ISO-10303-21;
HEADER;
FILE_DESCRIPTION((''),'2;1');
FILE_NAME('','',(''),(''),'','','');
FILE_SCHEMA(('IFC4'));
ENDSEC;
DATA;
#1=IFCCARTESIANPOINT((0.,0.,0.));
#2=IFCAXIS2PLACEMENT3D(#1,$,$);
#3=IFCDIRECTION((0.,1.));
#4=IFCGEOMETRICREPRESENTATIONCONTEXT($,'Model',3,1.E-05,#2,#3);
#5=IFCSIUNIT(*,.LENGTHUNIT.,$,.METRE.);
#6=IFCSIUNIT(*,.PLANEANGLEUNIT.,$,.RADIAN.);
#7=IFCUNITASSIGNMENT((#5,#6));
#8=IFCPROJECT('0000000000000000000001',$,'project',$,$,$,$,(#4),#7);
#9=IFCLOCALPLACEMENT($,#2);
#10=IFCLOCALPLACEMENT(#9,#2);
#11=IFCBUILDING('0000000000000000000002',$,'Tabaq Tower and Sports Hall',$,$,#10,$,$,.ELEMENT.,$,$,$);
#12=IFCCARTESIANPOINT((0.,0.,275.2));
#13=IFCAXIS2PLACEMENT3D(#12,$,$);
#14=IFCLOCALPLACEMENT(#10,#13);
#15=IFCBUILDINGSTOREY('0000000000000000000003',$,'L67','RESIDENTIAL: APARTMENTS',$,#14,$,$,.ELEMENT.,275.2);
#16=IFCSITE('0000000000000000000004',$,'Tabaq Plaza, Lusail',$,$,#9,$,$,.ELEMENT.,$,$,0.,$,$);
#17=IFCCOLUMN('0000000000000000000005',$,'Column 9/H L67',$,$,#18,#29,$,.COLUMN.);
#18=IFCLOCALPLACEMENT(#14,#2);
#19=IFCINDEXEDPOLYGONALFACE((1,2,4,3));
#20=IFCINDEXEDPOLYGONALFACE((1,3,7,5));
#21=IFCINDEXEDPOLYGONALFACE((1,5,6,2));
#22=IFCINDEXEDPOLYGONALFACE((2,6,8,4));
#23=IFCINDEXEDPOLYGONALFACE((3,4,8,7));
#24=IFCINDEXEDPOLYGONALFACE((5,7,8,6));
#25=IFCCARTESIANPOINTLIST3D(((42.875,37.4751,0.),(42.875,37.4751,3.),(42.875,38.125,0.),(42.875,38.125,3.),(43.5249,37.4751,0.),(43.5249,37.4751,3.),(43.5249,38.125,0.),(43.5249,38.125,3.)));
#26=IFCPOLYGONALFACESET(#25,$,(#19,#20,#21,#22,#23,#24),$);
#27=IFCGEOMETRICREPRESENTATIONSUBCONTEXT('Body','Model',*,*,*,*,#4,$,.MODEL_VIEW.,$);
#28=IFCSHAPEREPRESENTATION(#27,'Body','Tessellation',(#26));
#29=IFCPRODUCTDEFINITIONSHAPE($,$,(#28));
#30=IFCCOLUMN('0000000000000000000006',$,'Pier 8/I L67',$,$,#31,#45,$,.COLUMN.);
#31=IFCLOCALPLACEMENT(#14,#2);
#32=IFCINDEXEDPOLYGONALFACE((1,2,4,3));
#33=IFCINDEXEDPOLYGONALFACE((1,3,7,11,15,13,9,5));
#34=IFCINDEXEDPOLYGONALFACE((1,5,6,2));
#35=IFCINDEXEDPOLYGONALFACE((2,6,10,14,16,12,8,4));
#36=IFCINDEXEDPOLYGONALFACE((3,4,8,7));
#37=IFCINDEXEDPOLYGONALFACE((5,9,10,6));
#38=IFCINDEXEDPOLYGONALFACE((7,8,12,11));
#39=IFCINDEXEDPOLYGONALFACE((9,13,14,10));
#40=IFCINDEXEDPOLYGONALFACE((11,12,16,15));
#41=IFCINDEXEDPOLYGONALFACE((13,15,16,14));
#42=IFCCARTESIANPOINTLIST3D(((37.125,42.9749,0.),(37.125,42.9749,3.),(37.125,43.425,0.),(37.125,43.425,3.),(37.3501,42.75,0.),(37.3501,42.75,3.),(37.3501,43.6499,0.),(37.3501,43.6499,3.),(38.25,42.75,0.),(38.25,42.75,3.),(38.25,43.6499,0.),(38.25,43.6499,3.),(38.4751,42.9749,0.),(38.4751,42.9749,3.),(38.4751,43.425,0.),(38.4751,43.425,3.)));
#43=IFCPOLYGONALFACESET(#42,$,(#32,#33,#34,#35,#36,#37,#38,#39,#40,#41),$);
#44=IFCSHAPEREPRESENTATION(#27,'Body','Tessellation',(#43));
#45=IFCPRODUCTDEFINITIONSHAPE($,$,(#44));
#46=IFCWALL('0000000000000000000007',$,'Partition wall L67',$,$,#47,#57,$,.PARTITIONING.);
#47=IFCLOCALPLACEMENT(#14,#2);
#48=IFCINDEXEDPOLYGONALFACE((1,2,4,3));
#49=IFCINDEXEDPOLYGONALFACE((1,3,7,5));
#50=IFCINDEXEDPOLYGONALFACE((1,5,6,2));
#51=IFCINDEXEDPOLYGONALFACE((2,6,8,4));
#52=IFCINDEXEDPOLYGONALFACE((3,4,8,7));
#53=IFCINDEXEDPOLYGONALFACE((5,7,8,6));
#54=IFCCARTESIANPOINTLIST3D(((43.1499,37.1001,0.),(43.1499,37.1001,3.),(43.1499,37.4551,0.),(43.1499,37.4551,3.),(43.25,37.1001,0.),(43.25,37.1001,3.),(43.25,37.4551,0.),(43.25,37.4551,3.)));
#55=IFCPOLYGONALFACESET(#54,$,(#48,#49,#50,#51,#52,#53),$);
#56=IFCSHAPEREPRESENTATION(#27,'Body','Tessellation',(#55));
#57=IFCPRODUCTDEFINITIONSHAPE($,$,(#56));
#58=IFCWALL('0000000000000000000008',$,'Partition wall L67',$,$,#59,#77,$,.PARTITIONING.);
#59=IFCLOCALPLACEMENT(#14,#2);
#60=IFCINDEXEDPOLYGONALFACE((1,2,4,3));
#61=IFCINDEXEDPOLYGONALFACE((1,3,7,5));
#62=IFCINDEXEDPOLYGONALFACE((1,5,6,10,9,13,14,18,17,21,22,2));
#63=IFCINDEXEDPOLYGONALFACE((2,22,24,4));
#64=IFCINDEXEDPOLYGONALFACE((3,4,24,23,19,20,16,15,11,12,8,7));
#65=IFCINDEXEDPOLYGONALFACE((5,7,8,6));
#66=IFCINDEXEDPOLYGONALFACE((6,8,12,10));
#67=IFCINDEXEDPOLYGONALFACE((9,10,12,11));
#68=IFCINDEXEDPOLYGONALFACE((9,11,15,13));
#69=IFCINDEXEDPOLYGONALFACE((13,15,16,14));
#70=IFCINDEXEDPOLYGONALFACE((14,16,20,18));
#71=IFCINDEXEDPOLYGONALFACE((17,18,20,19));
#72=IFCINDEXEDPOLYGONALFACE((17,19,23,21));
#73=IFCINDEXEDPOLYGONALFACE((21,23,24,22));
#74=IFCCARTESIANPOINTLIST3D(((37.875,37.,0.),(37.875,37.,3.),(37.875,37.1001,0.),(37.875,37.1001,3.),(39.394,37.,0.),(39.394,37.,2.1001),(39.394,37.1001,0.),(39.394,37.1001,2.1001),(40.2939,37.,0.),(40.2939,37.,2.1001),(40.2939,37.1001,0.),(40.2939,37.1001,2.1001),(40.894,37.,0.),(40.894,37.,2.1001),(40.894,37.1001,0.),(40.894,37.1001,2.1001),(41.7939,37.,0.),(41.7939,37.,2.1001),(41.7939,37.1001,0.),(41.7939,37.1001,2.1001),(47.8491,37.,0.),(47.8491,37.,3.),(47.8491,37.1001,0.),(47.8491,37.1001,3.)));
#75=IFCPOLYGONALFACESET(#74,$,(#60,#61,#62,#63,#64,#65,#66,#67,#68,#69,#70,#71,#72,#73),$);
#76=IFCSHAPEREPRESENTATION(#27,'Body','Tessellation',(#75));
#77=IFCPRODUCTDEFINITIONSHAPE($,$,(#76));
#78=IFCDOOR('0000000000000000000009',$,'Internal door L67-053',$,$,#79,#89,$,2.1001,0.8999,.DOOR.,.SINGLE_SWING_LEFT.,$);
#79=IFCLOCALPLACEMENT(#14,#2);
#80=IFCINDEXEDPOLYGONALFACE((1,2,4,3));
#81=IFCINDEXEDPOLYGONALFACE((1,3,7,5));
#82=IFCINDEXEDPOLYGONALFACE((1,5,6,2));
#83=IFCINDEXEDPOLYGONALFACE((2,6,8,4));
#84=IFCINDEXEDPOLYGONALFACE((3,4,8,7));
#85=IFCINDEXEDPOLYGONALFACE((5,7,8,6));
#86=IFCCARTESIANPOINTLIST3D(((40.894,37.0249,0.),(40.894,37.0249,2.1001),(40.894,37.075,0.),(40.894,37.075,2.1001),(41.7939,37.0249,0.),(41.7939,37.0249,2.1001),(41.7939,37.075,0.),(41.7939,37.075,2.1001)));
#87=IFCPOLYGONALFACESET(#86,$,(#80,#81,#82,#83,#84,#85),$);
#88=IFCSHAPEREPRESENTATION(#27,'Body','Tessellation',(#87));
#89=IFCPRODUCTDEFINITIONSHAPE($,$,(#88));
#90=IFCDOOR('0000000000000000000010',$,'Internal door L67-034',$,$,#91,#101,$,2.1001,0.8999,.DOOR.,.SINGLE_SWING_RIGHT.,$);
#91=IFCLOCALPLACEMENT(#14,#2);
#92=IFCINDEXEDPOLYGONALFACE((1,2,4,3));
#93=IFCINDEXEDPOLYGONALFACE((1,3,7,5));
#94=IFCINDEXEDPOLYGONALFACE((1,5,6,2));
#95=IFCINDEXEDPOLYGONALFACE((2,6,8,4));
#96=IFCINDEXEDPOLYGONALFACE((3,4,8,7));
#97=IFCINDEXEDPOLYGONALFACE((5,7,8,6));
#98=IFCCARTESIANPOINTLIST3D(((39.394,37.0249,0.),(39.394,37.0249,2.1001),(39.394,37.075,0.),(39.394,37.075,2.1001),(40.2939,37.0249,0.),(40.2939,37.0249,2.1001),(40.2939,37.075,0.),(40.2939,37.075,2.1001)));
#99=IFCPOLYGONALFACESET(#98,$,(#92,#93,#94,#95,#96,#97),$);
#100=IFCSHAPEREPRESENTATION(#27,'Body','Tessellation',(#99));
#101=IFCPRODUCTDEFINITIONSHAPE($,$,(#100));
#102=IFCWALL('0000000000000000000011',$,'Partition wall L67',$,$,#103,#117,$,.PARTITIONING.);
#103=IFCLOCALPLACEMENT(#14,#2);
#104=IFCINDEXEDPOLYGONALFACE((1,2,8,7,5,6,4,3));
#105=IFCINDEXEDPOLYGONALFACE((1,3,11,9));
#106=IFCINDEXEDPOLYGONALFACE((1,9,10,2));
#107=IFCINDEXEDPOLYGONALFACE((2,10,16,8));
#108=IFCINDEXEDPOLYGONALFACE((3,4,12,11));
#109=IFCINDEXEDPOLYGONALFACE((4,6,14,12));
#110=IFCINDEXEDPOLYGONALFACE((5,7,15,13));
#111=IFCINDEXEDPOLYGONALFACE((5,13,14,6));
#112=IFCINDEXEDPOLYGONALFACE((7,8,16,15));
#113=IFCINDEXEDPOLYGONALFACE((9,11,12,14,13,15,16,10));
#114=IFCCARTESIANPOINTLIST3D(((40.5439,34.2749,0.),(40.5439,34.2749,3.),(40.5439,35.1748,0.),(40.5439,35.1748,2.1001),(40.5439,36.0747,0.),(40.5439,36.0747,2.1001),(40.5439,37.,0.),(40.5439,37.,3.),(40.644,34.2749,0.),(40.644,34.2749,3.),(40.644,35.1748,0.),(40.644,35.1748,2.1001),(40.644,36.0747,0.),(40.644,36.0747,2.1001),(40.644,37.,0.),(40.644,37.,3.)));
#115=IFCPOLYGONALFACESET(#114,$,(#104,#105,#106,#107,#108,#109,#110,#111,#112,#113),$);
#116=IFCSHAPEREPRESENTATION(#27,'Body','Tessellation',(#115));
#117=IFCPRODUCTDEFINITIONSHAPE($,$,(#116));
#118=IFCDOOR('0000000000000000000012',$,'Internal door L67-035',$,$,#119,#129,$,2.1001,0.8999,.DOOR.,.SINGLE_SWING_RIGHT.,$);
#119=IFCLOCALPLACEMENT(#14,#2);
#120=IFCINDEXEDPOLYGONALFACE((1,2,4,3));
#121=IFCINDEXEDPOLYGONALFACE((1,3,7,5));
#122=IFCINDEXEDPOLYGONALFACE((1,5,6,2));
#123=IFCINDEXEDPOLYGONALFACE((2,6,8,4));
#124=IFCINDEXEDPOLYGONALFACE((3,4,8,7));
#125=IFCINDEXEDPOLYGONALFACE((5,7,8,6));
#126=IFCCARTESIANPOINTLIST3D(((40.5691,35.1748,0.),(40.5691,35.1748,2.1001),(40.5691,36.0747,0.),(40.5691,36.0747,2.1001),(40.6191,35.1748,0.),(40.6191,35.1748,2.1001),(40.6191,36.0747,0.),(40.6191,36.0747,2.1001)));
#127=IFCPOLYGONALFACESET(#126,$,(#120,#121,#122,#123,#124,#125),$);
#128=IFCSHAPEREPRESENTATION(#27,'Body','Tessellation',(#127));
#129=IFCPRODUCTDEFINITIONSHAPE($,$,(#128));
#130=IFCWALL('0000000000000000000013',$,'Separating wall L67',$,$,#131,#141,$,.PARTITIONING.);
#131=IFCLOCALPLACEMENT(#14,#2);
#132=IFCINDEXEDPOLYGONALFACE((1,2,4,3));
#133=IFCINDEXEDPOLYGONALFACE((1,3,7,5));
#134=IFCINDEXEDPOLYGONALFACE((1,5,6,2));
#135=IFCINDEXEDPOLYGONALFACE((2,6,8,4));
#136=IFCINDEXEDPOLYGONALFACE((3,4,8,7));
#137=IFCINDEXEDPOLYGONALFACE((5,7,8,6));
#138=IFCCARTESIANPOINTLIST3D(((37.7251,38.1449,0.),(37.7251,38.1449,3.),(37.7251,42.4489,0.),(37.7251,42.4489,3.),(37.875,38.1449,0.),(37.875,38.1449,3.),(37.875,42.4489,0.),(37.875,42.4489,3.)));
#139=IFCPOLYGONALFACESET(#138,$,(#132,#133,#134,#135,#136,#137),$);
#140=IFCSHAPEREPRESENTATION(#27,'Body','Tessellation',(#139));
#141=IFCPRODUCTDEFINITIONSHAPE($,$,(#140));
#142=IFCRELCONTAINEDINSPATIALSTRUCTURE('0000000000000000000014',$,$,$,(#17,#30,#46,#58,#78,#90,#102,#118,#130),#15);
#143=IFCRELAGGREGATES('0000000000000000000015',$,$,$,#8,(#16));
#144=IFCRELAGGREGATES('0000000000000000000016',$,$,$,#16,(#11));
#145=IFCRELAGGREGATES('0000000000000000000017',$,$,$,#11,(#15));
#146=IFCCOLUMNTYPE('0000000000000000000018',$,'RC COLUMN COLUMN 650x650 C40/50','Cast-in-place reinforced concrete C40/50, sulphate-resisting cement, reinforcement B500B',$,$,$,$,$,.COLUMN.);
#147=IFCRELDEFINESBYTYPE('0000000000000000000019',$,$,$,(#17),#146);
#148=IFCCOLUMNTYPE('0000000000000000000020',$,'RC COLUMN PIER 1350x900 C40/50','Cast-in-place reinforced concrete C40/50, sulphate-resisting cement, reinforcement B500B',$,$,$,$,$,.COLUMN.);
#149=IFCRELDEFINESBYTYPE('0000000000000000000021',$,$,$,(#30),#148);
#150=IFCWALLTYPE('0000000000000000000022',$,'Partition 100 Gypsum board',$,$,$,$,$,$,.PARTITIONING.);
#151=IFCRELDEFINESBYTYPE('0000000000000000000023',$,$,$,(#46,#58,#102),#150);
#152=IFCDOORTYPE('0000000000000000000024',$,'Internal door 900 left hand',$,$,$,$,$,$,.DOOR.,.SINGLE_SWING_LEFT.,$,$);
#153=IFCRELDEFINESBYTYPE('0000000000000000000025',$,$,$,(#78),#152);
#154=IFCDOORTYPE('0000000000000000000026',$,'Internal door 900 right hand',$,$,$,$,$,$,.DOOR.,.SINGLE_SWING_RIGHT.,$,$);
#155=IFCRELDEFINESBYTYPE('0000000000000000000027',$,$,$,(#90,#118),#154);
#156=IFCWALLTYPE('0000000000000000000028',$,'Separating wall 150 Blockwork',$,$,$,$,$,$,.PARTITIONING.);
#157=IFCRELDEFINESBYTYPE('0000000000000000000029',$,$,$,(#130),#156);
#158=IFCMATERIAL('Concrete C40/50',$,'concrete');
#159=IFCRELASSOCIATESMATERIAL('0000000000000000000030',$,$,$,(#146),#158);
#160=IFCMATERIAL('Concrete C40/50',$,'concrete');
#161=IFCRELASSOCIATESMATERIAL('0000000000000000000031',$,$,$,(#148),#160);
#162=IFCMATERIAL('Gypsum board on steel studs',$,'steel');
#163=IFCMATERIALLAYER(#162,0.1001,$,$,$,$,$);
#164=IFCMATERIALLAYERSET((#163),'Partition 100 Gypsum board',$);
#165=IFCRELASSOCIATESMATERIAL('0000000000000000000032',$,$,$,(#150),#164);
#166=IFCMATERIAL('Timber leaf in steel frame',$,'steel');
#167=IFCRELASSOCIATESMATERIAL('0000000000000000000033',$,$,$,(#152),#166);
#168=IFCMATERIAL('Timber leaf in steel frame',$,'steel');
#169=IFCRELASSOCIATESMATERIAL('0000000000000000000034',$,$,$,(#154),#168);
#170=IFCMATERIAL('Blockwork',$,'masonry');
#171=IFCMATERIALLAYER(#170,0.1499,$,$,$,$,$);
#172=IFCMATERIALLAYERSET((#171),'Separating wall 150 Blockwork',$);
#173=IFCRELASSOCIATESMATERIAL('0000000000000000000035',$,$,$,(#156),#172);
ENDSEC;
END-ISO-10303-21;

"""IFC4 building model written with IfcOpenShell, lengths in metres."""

from ifc_helpers import new_model, si_unit, direction, frame, frame_2d, origin, origin_2d, place, context, subcontext, project, spatial, polyline, rectangle, outline, extrude, material, layer, layer_set, material_profile, profile_set, type_object, element, fill, save


model = new_model("IFC4")

# Units and contexts
model_context = context("Model", 3, precision=1e-05, world=origin(), true_north=direction((0.0, 1.0)))
body_context = subcontext(model_context, "Body", "Model", "MODEL_VIEW")
ifc_project = project(units=[si_unit("LENGTHUNIT", "METRE"), si_unit("PLANEANGLEUNIT", "RADIAN")], contexts=[model_context])

# Site, building, storey
site_placement = place(None, origin())
site = spatial("IfcSite", under=ifc_project, at=site_placement, Name="Tabaq Plaza, Lusail", CompositionType="ELEMENT", RefElevation=0.0)
building_placement = place(site_placement, origin())
building = spatial("IfcBuilding", under=site, at=building_placement, Name="Tabaq Tower and Sports Hall", CompositionType="ELEMENT")
storey_placement = place(building_placement, frame((0.0, 0.0, 275.2)))
storey = spatial("IfcBuildingStorey", under=building, at=storey_placement, Name="L67", Description="RESIDENTIAL: APARTMENTS", CompositionType="ELEMENT", Elevation=275.2)

# Columns
ifc_material_1 = material(Name="Concrete C40/50", Category="concrete")
ifc_material_profile_1 = material_profile(ifc_material_1, rectangle(XDim=0.6499, YDim=0.6499, at=origin_2d()), Name="COLUMN 650x650")
ifc_profile_set_1 = profile_set([ifc_material_profile_1], Name="Concrete C40/50")
column_type_1 = type_object("IfcColumnType", Name="RC COLUMN COLUMN 650x650 C40/50", Description="Cast-in-place reinforced concrete C40/50, sulphate-resisting cement, reinforcement B500B", PredefinedType="COLUMN", material=ifc_profile_set_1)
column_1_placement = place(storey_placement, frame((43.2, 37.8, 0.0), z_axis=(0.0, 0.0, 1.0), x_axis=(1.0, 0.0, 0.0)))
element("IfcColumn", 1, at=column_1_placement, inside=storey, type_object=column_type_1, Name="Column 9/H L67", PredefinedType="COLUMN", context=body_context, shape_type="SweptSolid", body=[
    extrude(rectangle(XDim=0.6499, YDim=0.6499, at=origin_2d()), origin(), (0.0, 0.0, 1.0), 3.0),
])
ifc_material_2 = material(Name="Concrete C40/50", Category="concrete")
ifc_material_profile_2 = material_profile(ifc_material_2, outline(polyline([(-0.45, -0.45), (0.45, -0.45), (0.675, -0.2251), (0.675, 0.2251), (0.45, 0.45), (-0.45, 0.45), (-0.675, 0.2251), (-0.675, -0.2251), (-0.45, -0.45)])), Name="PIER 1350x900")
ifc_profile_set_2 = profile_set([ifc_material_profile_2], Name="Concrete C40/50")
column_type_2 = type_object("IfcColumnType", Name="RC COLUMN PIER 1350x900 C40/50", Description="Cast-in-place reinforced concrete C40/50, sulphate-resisting cement, reinforcement B500B", PredefinedType="COLUMN", material=ifc_profile_set_2)
column_2_placement = place(storey_placement, frame((37.8, 43.2, 0.0), z_axis=(0.0, 0.0, 1.0), x_axis=(1.0, 0.0, 0.0)))
element("IfcColumn", 2, at=column_2_placement, inside=storey, type_object=column_type_2, Name="Pier 8/I L67", PredefinedType="COLUMN", context=body_context, shape_type="SweptSolid", body=[
    extrude(outline(polyline([(-0.45, -0.45), (0.45, -0.45), (0.675, -0.2251), (0.675, 0.2251), (0.45, 0.45), (-0.45, 0.45), (-0.675, 0.2251), (-0.675, -0.2251), (-0.45, -0.45)])), origin(), (0.0, 0.0, 1.0), 3.0),
])

# Wall
ifc_material_3 = material(Name="Gypsum board on steel studs", Category="steel")
ifc_layer_1 = layer(ifc_material_3, 0.1001)
ifc_layer_set_1 = layer_set([ifc_layer_1], Name="Partition 100 Gypsum board")
wall_type_1 = type_object("IfcWallType", Name="Partition 100 Gypsum board", PredefinedType="PARTITIONING", material=ifc_layer_set_1)
wall_1_placement = place(storey_placement, frame((43.2, 37.1001, 0.0), z_axis=(0.0, 0.0, 1.0), x_axis=(0.0, 1.0, 0.0)))
element("IfcWall", 3, at=wall_1_placement, inside=storey, type_object=wall_type_1, Name="Partition wall L67", PredefinedType="PARTITIONING", context=body_context, shape_type="SweptSolid", body=[
    extrude(rectangle(XDim=0.355, YDim=0.1001, at=frame_2d((0.1775, 0.0))), origin(), (0.0, 0.0, 1.0), 3.0),
])

# Wall, openings, doors
wall_2_placement = place(storey_placement, frame((37.875, 37.05, 0.0), z_axis=(0.0, 0.0, 1.0), x_axis=(1.0, 0.0, 0.0)))
wall_2 = element("IfcWall", 4, at=wall_2_placement, inside=storey, type_object=wall_type_1, Name="Partition wall L67", PredefinedType="PARTITIONING", context=body_context, shape_type="SweptSolid", body=[
    extrude(rectangle(XDim=9.9741, YDim=0.1001, at=frame_2d((4.9871, 0.0))), origin(), (0.0, 0.0, 1.0), 3.0),
])
opening_1_placement = place(wall_2_placement, frame((1.519, 0.0, 0.0)))
opening_1 = element("IfcOpeningElement", 5, at=opening_1_placement, cuts=wall_2, PredefinedType="OPENING", context=body_context, shape_type="SweptSolid", body=[
    extrude(rectangle(XDim=0.8999, YDim=2.1001, at=frame_2d((0.45, 1.05))), frame((0.0, 0.05, 0.0), z_axis=(0.0, -1.0, 0.0), x_axis=(1.0, 0.0, 0.0)), (0.0, 0.0, 1.0), 0.1001),
])
opening_2_placement = place(wall_2_placement, frame((3.019, 0.0, 0.0)))
opening_2 = element("IfcOpeningElement", 6, at=opening_2_placement, cuts=wall_2, PredefinedType="OPENING", context=body_context, shape_type="SweptSolid", body=[
    extrude(rectangle(XDim=0.8999, YDim=2.1001, at=frame_2d((0.45, 1.05))), frame((0.0, 0.05, 0.0), z_axis=(0.0, -1.0, 0.0), x_axis=(1.0, 0.0, 0.0)), (0.0, 0.0, 1.0), 0.1001),
])
ifc_material_4 = material(Name="Timber leaf in steel frame", Category="steel")
door_type_1 = type_object("IfcDoorType", Name="Internal door 900 left hand", OperationType="SINGLE_SWING_LEFT", PredefinedType="DOOR", material=ifc_material_4)
door_1_placement = place(opening_2_placement, origin())
door_1 = element("IfcDoor", 7, at=door_1_placement, inside=storey, type_object=door_type_1, Name="Internal door L67-053", OperationType="SINGLE_SWING_LEFT", OverallHeight=2.1001, OverallWidth=0.8999, PredefinedType="DOOR", context=body_context, shape_type="SweptSolid", body=[
    extrude(rectangle(XDim=0.8999, YDim=2.1001, at=frame_2d((0.45, 1.05))), frame((0.0, 0.0249, 0.0), z_axis=(0.0, -1.0, 0.0), x_axis=(1.0, 0.0, 0.0)), (0.0, 0.0, 1.0), 0.05),
])
fill(opening_2, door_1)
ifc_material_5 = material(Name="Timber leaf in steel frame", Category="steel")
door_type_2 = type_object("IfcDoorType", Name="Internal door 900 right hand", OperationType="SINGLE_SWING_RIGHT", PredefinedType="DOOR", material=ifc_material_5)
door_2_placement = place(opening_1_placement, origin())
door_2 = element("IfcDoor", 8, at=door_2_placement, inside=storey, type_object=door_type_2, Name="Internal door L67-034", OperationType="SINGLE_SWING_RIGHT", OverallHeight=2.1001, OverallWidth=0.8999, PredefinedType="DOOR", context=body_context, shape_type="SweptSolid", body=[
    extrude(rectangle(XDim=0.8999, YDim=2.1001, at=frame_2d((0.45, 1.05))), frame((0.0, 0.0249, 0.0), z_axis=(0.0, -1.0, 0.0), x_axis=(1.0, 0.0, 0.0)), (0.0, 0.0, 1.0), 0.05),
])
fill(opening_1, door_2)

# Wall, opening, door
wall_3_placement = place(storey_placement, frame((40.594, 34.2749, 0.0), z_axis=(0.0, 0.0, 1.0), x_axis=(0.0, 1.0, 0.0)))
wall_3 = element("IfcWall", 9, at=wall_3_placement, inside=storey, type_object=wall_type_1, Name="Partition wall L67", PredefinedType="PARTITIONING", context=body_context, shape_type="SweptSolid", body=[
    extrude(rectangle(XDim=2.7251, YDim=0.1001, at=frame_2d((1.3625, 0.0))), origin(), (0.0, 0.0, 1.0), 3.0),
])
opening_3_placement = place(wall_3_placement, frame((0.8999, 0.0, 0.0)))
opening_3 = element("IfcOpeningElement", 10, at=opening_3_placement, cuts=wall_3, PredefinedType="OPENING", context=body_context, shape_type="SweptSolid", body=[
    extrude(rectangle(XDim=0.8999, YDim=2.1001, at=frame_2d((0.45, 1.05))), frame((0.0, 0.05, 0.0), z_axis=(0.0, -1.0, 0.0), x_axis=(1.0, 0.0, 0.0)), (0.0, 0.0, 1.0), 0.1001),
])
door_3_placement = place(opening_3_placement, origin())
door_3 = element("IfcDoor", 11, at=door_3_placement, inside=storey, type_object=door_type_2, Name="Internal door L67-035", OperationType="SINGLE_SWING_RIGHT", OverallHeight=2.1001, OverallWidth=0.8999, PredefinedType="DOOR", context=body_context, shape_type="SweptSolid", body=[
    extrude(rectangle(XDim=0.8999, YDim=2.1001, at=frame_2d((0.45, 1.05))), frame((0.0, 0.0249, 0.0), z_axis=(0.0, -1.0, 0.0), x_axis=(1.0, 0.0, 0.0)), (0.0, 0.0, 1.0), 0.05),
])
fill(opening_3, door_3)

# Wall
ifc_material_6 = material(Name="Blockwork", Category="masonry")
ifc_layer_2 = layer(ifc_material_6, 0.1499)
ifc_layer_set_2 = layer_set([ifc_layer_2], Name="Separating wall 150 Blockwork")
wall_type_2 = type_object("IfcWallType", Name="Separating wall 150 Blockwork", PredefinedType="PARTITIONING", material=ifc_layer_set_2)
wall_4_placement = place(storey_placement, frame((37.8, 38.145, 0.0), z_axis=(0.0, 0.0, 1.0), x_axis=(0.0, 1.0, 0.0)))
element("IfcWall", 12, at=wall_4_placement, inside=storey, type_object=wall_type_2, Name="Separating wall L67", PredefinedType="PARTITIONING", context=body_context, shape_type="SweptSolid", body=[
    extrude(rectangle(XDim=4.304, YDim=0.1499, at=frame_2d((2.1519, 0.0))), origin(), (0.0, 0.0, 1.0), 3.0),
])

save(model, "model.ifc")
